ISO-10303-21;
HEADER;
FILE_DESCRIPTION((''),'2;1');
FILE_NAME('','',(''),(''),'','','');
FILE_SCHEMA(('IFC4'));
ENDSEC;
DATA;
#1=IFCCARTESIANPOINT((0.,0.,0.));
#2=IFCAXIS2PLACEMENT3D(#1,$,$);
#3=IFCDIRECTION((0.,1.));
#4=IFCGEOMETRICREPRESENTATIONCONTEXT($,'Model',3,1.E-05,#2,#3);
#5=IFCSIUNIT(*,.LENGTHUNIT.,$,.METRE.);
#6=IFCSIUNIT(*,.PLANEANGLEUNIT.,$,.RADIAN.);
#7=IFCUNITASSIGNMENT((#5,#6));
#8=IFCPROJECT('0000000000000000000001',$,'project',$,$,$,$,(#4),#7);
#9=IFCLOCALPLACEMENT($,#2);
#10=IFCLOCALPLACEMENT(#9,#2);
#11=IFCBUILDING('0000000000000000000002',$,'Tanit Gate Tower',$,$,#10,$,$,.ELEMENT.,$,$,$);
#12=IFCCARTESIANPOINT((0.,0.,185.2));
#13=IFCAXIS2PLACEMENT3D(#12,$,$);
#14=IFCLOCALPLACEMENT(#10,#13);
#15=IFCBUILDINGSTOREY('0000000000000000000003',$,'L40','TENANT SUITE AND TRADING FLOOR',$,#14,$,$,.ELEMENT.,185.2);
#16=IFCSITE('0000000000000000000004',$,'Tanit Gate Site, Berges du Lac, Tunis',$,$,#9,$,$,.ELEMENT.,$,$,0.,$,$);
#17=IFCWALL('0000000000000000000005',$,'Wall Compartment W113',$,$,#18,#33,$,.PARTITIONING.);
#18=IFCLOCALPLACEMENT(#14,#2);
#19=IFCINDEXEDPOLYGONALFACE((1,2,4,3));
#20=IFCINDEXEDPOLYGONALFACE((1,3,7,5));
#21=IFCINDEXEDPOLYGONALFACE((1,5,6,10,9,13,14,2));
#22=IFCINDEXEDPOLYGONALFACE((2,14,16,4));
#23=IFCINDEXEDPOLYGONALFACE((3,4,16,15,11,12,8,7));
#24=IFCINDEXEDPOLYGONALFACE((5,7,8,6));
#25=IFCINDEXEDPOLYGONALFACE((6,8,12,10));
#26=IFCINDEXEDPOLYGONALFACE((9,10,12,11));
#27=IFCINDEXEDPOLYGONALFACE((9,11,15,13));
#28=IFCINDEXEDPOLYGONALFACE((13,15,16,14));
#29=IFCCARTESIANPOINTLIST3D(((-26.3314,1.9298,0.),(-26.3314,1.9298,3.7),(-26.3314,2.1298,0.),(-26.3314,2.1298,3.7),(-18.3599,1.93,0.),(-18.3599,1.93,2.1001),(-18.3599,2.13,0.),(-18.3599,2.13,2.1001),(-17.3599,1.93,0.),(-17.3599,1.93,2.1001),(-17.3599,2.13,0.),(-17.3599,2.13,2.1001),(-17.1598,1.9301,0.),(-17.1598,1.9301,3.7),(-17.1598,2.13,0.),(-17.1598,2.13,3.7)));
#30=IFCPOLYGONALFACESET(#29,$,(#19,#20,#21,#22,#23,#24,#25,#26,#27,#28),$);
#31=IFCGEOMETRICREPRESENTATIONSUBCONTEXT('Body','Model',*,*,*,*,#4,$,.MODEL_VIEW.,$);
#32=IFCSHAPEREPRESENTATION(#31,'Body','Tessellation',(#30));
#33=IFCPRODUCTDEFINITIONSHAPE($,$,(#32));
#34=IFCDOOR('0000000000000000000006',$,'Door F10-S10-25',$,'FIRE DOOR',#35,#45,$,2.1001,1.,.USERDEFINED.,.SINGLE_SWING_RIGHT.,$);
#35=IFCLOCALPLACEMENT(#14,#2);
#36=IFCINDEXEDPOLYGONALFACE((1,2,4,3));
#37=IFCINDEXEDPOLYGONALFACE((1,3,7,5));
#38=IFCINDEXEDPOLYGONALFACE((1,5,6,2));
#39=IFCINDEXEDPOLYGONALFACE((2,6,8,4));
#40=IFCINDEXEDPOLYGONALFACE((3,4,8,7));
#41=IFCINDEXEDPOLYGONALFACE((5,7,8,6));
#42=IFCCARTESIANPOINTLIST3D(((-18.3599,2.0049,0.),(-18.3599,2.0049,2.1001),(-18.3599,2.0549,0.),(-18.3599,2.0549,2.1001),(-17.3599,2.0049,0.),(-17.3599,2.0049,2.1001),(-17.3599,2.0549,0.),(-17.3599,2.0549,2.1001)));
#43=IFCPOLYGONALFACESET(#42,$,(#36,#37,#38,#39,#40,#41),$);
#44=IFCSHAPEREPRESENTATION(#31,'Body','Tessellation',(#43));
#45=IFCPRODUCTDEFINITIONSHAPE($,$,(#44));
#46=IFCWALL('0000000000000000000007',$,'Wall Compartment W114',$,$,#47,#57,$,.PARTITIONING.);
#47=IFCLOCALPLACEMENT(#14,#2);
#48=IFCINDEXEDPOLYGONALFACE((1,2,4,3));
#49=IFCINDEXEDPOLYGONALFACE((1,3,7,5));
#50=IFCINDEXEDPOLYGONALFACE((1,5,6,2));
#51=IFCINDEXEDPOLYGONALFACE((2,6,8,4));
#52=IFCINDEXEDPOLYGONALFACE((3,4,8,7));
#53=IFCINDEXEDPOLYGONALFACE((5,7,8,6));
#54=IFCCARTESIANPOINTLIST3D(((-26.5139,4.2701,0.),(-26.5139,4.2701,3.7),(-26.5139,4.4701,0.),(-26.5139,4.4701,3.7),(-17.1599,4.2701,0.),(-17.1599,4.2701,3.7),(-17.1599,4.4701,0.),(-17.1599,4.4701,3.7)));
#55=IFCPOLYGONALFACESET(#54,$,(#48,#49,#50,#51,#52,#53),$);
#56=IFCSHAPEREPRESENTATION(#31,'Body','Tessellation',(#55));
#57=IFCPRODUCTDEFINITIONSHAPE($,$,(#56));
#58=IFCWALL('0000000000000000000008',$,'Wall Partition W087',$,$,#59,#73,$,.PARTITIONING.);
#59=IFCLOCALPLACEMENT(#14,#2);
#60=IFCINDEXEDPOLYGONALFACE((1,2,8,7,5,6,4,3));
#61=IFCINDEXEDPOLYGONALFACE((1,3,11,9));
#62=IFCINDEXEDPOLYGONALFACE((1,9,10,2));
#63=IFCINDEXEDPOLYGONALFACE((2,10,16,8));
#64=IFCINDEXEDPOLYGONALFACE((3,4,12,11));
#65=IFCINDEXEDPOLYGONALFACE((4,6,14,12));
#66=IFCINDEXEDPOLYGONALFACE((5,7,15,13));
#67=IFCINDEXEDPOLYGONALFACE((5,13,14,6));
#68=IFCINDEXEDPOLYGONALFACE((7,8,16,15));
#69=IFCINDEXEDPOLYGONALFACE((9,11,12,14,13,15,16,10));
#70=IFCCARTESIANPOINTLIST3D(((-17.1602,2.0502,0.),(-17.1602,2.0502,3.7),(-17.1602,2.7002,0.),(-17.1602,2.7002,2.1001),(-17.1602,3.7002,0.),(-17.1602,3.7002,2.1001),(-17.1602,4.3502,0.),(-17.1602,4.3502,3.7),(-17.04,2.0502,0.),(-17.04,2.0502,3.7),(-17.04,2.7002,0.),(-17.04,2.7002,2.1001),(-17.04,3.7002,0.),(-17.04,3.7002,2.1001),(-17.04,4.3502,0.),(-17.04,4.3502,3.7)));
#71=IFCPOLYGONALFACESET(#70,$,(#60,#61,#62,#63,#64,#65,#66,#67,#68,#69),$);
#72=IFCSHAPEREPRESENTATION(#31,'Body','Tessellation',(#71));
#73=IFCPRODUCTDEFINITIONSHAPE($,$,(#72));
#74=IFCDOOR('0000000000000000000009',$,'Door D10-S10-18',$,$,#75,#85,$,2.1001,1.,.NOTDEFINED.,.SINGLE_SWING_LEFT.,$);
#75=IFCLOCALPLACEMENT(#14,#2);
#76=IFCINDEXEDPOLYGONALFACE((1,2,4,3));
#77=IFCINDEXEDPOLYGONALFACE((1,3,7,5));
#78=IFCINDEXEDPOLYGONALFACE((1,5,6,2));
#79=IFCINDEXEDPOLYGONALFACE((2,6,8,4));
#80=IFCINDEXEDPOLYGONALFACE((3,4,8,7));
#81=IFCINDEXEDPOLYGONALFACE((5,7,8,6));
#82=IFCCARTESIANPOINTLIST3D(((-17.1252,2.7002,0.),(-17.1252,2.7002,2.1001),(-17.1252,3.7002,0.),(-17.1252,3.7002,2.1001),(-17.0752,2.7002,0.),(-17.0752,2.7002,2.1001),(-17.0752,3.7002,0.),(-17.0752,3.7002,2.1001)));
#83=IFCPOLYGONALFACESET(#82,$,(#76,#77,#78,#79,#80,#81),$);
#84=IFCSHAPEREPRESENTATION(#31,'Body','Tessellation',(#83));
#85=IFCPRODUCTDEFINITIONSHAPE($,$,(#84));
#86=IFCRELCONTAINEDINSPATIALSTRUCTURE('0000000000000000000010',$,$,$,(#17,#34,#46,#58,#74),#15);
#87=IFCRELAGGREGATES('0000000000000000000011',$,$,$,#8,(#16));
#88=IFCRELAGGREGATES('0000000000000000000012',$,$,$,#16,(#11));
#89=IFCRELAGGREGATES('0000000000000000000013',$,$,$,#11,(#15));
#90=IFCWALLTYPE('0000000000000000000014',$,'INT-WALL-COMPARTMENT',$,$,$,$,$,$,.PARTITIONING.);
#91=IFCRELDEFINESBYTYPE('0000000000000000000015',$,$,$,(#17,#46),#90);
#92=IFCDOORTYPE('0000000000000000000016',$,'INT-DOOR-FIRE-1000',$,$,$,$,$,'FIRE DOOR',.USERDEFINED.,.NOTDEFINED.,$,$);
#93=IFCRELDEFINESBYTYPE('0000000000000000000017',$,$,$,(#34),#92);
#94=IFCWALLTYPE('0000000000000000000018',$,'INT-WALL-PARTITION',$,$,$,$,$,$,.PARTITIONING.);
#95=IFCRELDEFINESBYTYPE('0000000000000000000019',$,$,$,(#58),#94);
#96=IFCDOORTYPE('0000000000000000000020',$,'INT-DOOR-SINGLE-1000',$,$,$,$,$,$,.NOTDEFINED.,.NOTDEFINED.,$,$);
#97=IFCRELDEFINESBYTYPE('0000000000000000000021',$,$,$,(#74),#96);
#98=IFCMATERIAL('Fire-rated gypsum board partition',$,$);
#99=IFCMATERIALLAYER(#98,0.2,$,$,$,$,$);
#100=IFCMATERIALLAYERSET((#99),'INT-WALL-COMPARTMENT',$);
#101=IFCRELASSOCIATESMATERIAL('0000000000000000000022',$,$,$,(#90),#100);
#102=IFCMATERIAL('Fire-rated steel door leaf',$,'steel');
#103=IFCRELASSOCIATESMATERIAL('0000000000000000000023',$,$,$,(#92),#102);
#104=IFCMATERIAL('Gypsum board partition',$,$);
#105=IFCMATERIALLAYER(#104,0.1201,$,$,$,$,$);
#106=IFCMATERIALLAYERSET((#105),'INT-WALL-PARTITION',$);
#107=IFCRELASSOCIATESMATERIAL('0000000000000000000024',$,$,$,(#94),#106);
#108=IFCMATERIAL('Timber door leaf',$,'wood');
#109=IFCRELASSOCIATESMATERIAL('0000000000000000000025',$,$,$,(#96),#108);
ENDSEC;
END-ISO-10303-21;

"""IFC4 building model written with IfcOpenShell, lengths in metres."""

from ifc_helpers import new_model, si_unit, direction, frame, frame_2d, origin, place, context, subcontext, project, spatial, rectangle, extrude, material, layer, layer_set, type_object, element, fill, save


model = new_model("IFC4")

# Units and contexts
model_context = context("Model", 3, precision=1e-05, world=origin(), true_north=direction((0.0, 1.0)))
body_context = subcontext(model_context, "Body", "Model", "MODEL_VIEW")
ifc_project = project(units=[si_unit("LENGTHUNIT", "METRE"), si_unit("PLANEANGLEUNIT", "RADIAN")], contexts=[model_context])

# Site, building, storey
site_placement = place(None, origin())
site = spatial("IfcSite", under=ifc_project, at=site_placement, Name="Tanit Gate Site, Berges du Lac, Tunis", CompositionType="ELEMENT", RefElevation=0.0)
building_placement = place(site_placement, origin())
building = spatial("IfcBuilding", under=site, at=building_placement, Name="Tanit Gate Tower", CompositionType="ELEMENT")
storey_placement = place(building_placement, frame((0.0, 0.0, 185.2)))
storey = spatial("IfcBuildingStorey", under=building, at=storey_placement, Name="L40", Description="TENANT SUITE AND TRADING FLOOR", CompositionType="ELEMENT", Elevation=185.2)

# Shared definitions
ifc_material_1 = material(Name="Fire-rated gypsum board partition")
ifc_layer_1 = layer(ifc_material_1, 0.2)
ifc_layer_set_1 = layer_set([ifc_layer_1], Name="INT-WALL-COMPARTMENT")
wall_type_1 = type_object("IfcWallType", Name="INT-WALL-COMPARTMENT", PredefinedType="PARTITIONING", material=ifc_layer_set_1)

# Wall, opening, door
wall_1_placement = place(storey_placement, frame((-26.3315, 2.0298, 0.0), z_axis=(0.0, 0.0, 1.0), x_axis=(1.0, 0.000027, 0.0)))
wall_1 = element("IfcWall", 1, at=wall_1_placement, inside=storey, type_object=wall_type_1, Name="Wall Compartment W113", PredefinedType="PARTITIONING", context=body_context, shape_type="SweptSolid", body=[
    extrude(rectangle(XDim=9.1716, YDim=0.2, at=frame_2d((4.5859, 0.0))), origin(), (0.0, 0.0, 1.0), 3.7),
])
opening_1_placement = place(wall_1_placement, frame((7.9717, 0.0, 0.0)))
opening_1 = element("IfcOpeningElement", 2, at=opening_1_placement, cuts=wall_1, PredefinedType="OPENING", context=body_context, shape_type="SweptSolid", body=[
    extrude(rectangle(XDim=1.0, YDim=2.1001, at=frame_2d((0.5, 1.05))), frame((0.0, 0.1099, 0.0), z_axis=(0.0, -1.0, 0.0), x_axis=(1.0, 0.0, 0.0)), (0.0, 0.0, 1.0), 0.22),
])
ifc_material_2 = material(Name="Fire-rated steel door leaf", Category="steel")
door_type_1 = type_object("IfcDoorType", Name="INT-DOOR-FIRE-1000", ElementType="FIRE DOOR", OperationType="NOTDEFINED", PredefinedType="USERDEFINED", material=ifc_material_2)
door_1_placement = place(opening_1_placement, origin())
door_1 = element("IfcDoor", 3, at=door_1_placement, inside=storey, type_object=door_type_1, Name="Door F10-S10-25", ObjectType="FIRE DOOR", OperationType="SINGLE_SWING_RIGHT", OverallHeight=2.1001, OverallWidth=1.0, PredefinedType="USERDEFINED", context=body_context, shape_type="SweptSolid", body=[
    extrude(rectangle(XDim=1.0, YDim=2.1001, at=frame_2d((0.5, 1.05))), frame((0.0, 0.0249, 0.0), z_axis=(0.0, -1.0, 0.0), x_axis=(1.0, 0.0, 0.0)), (0.0, 0.0, 1.0), 0.05),
])
fill(opening_1, door_1)

# Wall
wall_2_placement = place(storey_placement, frame((-17.1599, 4.3701, 0.0), z_axis=(0.0, 0.0, 1.0), x_axis=(-1.0, 0.0, 0.0)))
element("IfcWall", 4, at=wall_2_placement, inside=storey, type_object=wall_type_1, Name="Wall Compartment W114", PredefinedType="PARTITIONING", context=body_context, shape_type="SweptSolid", body=[
    extrude(rectangle(XDim=9.354, YDim=0.2, at=frame_2d((4.677, 0.0))), origin(), (0.0, 0.0, 1.0), 3.7),
])

# Wall, opening, door
ifc_material_3 = material(Name="Gypsum board partition")
ifc_layer_2 = layer(ifc_material_3, 0.1201)
ifc_layer_set_2 = layer_set([ifc_layer_2], Name="INT-WALL-PARTITION")
wall_type_2 = type_object("IfcWallType", Name="INT-WALL-PARTITION", PredefinedType="PARTITIONING", material=ifc_layer_set_2)
wall_3_placement = place(storey_placement, frame((-17.1001, 4.3501, 0.0), z_axis=(0.0, 0.0, 1.0), x_axis=(0.0, -1.0, 0.0)))
wall_3 = element("IfcWall", 5, at=wall_3_placement, inside=storey, type_object=wall_type_2, Name="Wall Partition W087", PredefinedType="PARTITIONING", context=body_context, shape_type="SweptSolid", body=[
    extrude(rectangle(XDim=2.3, YDim=0.1201, at=frame_2d((1.1499, 0.0))), origin(), (0.0, 0.0, 1.0), 3.7),
])
opening_2_placement = place(wall_3_placement, frame((0.6499, 0.0, 0.0)))
opening_2 = element("IfcOpeningElement", 6, at=opening_2_placement, cuts=wall_3, PredefinedType="OPENING", context=body_context, shape_type="SweptSolid", body=[
    extrude(rectangle(XDim=1.0, YDim=2.1001, at=frame_2d((0.5, 1.05))), frame((0.0, 0.0701, 0.0), z_axis=(0.0, -1.0, 0.0), x_axis=(1.0, 0.0, 0.0)), (0.0, 0.0, 1.0), 0.1401),
])
ifc_material_4 = material(Name="Timber door leaf", Category="wood")
door_type_2 = type_object("IfcDoorType", Name="INT-DOOR-SINGLE-1000", OperationType="NOTDEFINED", PredefinedType="NOTDEFINED", material=ifc_material_4)
door_2_placement = place(opening_2_placement, origin())
door_2 = element("IfcDoor", 7, at=door_2_placement, inside=storey, type_object=door_type_2, Name="Door D10-S10-18", OperationType="SINGLE_SWING_LEFT", OverallHeight=2.1001, OverallWidth=1.0, PredefinedType="NOTDEFINED", context=body_context, shape_type="SweptSolid", body=[
    extrude(rectangle(XDim=1.0, YDim=2.1001, at=frame_2d((0.5, 1.05))), frame((0.0, 0.0249, 0.0), z_axis=(0.0, -1.0, 0.0), x_axis=(1.0, 0.0, 0.0)), (0.0, 0.0, 1.0), 0.05),
])
fill(opening_2, door_2)

save(model, "model.ifc")
